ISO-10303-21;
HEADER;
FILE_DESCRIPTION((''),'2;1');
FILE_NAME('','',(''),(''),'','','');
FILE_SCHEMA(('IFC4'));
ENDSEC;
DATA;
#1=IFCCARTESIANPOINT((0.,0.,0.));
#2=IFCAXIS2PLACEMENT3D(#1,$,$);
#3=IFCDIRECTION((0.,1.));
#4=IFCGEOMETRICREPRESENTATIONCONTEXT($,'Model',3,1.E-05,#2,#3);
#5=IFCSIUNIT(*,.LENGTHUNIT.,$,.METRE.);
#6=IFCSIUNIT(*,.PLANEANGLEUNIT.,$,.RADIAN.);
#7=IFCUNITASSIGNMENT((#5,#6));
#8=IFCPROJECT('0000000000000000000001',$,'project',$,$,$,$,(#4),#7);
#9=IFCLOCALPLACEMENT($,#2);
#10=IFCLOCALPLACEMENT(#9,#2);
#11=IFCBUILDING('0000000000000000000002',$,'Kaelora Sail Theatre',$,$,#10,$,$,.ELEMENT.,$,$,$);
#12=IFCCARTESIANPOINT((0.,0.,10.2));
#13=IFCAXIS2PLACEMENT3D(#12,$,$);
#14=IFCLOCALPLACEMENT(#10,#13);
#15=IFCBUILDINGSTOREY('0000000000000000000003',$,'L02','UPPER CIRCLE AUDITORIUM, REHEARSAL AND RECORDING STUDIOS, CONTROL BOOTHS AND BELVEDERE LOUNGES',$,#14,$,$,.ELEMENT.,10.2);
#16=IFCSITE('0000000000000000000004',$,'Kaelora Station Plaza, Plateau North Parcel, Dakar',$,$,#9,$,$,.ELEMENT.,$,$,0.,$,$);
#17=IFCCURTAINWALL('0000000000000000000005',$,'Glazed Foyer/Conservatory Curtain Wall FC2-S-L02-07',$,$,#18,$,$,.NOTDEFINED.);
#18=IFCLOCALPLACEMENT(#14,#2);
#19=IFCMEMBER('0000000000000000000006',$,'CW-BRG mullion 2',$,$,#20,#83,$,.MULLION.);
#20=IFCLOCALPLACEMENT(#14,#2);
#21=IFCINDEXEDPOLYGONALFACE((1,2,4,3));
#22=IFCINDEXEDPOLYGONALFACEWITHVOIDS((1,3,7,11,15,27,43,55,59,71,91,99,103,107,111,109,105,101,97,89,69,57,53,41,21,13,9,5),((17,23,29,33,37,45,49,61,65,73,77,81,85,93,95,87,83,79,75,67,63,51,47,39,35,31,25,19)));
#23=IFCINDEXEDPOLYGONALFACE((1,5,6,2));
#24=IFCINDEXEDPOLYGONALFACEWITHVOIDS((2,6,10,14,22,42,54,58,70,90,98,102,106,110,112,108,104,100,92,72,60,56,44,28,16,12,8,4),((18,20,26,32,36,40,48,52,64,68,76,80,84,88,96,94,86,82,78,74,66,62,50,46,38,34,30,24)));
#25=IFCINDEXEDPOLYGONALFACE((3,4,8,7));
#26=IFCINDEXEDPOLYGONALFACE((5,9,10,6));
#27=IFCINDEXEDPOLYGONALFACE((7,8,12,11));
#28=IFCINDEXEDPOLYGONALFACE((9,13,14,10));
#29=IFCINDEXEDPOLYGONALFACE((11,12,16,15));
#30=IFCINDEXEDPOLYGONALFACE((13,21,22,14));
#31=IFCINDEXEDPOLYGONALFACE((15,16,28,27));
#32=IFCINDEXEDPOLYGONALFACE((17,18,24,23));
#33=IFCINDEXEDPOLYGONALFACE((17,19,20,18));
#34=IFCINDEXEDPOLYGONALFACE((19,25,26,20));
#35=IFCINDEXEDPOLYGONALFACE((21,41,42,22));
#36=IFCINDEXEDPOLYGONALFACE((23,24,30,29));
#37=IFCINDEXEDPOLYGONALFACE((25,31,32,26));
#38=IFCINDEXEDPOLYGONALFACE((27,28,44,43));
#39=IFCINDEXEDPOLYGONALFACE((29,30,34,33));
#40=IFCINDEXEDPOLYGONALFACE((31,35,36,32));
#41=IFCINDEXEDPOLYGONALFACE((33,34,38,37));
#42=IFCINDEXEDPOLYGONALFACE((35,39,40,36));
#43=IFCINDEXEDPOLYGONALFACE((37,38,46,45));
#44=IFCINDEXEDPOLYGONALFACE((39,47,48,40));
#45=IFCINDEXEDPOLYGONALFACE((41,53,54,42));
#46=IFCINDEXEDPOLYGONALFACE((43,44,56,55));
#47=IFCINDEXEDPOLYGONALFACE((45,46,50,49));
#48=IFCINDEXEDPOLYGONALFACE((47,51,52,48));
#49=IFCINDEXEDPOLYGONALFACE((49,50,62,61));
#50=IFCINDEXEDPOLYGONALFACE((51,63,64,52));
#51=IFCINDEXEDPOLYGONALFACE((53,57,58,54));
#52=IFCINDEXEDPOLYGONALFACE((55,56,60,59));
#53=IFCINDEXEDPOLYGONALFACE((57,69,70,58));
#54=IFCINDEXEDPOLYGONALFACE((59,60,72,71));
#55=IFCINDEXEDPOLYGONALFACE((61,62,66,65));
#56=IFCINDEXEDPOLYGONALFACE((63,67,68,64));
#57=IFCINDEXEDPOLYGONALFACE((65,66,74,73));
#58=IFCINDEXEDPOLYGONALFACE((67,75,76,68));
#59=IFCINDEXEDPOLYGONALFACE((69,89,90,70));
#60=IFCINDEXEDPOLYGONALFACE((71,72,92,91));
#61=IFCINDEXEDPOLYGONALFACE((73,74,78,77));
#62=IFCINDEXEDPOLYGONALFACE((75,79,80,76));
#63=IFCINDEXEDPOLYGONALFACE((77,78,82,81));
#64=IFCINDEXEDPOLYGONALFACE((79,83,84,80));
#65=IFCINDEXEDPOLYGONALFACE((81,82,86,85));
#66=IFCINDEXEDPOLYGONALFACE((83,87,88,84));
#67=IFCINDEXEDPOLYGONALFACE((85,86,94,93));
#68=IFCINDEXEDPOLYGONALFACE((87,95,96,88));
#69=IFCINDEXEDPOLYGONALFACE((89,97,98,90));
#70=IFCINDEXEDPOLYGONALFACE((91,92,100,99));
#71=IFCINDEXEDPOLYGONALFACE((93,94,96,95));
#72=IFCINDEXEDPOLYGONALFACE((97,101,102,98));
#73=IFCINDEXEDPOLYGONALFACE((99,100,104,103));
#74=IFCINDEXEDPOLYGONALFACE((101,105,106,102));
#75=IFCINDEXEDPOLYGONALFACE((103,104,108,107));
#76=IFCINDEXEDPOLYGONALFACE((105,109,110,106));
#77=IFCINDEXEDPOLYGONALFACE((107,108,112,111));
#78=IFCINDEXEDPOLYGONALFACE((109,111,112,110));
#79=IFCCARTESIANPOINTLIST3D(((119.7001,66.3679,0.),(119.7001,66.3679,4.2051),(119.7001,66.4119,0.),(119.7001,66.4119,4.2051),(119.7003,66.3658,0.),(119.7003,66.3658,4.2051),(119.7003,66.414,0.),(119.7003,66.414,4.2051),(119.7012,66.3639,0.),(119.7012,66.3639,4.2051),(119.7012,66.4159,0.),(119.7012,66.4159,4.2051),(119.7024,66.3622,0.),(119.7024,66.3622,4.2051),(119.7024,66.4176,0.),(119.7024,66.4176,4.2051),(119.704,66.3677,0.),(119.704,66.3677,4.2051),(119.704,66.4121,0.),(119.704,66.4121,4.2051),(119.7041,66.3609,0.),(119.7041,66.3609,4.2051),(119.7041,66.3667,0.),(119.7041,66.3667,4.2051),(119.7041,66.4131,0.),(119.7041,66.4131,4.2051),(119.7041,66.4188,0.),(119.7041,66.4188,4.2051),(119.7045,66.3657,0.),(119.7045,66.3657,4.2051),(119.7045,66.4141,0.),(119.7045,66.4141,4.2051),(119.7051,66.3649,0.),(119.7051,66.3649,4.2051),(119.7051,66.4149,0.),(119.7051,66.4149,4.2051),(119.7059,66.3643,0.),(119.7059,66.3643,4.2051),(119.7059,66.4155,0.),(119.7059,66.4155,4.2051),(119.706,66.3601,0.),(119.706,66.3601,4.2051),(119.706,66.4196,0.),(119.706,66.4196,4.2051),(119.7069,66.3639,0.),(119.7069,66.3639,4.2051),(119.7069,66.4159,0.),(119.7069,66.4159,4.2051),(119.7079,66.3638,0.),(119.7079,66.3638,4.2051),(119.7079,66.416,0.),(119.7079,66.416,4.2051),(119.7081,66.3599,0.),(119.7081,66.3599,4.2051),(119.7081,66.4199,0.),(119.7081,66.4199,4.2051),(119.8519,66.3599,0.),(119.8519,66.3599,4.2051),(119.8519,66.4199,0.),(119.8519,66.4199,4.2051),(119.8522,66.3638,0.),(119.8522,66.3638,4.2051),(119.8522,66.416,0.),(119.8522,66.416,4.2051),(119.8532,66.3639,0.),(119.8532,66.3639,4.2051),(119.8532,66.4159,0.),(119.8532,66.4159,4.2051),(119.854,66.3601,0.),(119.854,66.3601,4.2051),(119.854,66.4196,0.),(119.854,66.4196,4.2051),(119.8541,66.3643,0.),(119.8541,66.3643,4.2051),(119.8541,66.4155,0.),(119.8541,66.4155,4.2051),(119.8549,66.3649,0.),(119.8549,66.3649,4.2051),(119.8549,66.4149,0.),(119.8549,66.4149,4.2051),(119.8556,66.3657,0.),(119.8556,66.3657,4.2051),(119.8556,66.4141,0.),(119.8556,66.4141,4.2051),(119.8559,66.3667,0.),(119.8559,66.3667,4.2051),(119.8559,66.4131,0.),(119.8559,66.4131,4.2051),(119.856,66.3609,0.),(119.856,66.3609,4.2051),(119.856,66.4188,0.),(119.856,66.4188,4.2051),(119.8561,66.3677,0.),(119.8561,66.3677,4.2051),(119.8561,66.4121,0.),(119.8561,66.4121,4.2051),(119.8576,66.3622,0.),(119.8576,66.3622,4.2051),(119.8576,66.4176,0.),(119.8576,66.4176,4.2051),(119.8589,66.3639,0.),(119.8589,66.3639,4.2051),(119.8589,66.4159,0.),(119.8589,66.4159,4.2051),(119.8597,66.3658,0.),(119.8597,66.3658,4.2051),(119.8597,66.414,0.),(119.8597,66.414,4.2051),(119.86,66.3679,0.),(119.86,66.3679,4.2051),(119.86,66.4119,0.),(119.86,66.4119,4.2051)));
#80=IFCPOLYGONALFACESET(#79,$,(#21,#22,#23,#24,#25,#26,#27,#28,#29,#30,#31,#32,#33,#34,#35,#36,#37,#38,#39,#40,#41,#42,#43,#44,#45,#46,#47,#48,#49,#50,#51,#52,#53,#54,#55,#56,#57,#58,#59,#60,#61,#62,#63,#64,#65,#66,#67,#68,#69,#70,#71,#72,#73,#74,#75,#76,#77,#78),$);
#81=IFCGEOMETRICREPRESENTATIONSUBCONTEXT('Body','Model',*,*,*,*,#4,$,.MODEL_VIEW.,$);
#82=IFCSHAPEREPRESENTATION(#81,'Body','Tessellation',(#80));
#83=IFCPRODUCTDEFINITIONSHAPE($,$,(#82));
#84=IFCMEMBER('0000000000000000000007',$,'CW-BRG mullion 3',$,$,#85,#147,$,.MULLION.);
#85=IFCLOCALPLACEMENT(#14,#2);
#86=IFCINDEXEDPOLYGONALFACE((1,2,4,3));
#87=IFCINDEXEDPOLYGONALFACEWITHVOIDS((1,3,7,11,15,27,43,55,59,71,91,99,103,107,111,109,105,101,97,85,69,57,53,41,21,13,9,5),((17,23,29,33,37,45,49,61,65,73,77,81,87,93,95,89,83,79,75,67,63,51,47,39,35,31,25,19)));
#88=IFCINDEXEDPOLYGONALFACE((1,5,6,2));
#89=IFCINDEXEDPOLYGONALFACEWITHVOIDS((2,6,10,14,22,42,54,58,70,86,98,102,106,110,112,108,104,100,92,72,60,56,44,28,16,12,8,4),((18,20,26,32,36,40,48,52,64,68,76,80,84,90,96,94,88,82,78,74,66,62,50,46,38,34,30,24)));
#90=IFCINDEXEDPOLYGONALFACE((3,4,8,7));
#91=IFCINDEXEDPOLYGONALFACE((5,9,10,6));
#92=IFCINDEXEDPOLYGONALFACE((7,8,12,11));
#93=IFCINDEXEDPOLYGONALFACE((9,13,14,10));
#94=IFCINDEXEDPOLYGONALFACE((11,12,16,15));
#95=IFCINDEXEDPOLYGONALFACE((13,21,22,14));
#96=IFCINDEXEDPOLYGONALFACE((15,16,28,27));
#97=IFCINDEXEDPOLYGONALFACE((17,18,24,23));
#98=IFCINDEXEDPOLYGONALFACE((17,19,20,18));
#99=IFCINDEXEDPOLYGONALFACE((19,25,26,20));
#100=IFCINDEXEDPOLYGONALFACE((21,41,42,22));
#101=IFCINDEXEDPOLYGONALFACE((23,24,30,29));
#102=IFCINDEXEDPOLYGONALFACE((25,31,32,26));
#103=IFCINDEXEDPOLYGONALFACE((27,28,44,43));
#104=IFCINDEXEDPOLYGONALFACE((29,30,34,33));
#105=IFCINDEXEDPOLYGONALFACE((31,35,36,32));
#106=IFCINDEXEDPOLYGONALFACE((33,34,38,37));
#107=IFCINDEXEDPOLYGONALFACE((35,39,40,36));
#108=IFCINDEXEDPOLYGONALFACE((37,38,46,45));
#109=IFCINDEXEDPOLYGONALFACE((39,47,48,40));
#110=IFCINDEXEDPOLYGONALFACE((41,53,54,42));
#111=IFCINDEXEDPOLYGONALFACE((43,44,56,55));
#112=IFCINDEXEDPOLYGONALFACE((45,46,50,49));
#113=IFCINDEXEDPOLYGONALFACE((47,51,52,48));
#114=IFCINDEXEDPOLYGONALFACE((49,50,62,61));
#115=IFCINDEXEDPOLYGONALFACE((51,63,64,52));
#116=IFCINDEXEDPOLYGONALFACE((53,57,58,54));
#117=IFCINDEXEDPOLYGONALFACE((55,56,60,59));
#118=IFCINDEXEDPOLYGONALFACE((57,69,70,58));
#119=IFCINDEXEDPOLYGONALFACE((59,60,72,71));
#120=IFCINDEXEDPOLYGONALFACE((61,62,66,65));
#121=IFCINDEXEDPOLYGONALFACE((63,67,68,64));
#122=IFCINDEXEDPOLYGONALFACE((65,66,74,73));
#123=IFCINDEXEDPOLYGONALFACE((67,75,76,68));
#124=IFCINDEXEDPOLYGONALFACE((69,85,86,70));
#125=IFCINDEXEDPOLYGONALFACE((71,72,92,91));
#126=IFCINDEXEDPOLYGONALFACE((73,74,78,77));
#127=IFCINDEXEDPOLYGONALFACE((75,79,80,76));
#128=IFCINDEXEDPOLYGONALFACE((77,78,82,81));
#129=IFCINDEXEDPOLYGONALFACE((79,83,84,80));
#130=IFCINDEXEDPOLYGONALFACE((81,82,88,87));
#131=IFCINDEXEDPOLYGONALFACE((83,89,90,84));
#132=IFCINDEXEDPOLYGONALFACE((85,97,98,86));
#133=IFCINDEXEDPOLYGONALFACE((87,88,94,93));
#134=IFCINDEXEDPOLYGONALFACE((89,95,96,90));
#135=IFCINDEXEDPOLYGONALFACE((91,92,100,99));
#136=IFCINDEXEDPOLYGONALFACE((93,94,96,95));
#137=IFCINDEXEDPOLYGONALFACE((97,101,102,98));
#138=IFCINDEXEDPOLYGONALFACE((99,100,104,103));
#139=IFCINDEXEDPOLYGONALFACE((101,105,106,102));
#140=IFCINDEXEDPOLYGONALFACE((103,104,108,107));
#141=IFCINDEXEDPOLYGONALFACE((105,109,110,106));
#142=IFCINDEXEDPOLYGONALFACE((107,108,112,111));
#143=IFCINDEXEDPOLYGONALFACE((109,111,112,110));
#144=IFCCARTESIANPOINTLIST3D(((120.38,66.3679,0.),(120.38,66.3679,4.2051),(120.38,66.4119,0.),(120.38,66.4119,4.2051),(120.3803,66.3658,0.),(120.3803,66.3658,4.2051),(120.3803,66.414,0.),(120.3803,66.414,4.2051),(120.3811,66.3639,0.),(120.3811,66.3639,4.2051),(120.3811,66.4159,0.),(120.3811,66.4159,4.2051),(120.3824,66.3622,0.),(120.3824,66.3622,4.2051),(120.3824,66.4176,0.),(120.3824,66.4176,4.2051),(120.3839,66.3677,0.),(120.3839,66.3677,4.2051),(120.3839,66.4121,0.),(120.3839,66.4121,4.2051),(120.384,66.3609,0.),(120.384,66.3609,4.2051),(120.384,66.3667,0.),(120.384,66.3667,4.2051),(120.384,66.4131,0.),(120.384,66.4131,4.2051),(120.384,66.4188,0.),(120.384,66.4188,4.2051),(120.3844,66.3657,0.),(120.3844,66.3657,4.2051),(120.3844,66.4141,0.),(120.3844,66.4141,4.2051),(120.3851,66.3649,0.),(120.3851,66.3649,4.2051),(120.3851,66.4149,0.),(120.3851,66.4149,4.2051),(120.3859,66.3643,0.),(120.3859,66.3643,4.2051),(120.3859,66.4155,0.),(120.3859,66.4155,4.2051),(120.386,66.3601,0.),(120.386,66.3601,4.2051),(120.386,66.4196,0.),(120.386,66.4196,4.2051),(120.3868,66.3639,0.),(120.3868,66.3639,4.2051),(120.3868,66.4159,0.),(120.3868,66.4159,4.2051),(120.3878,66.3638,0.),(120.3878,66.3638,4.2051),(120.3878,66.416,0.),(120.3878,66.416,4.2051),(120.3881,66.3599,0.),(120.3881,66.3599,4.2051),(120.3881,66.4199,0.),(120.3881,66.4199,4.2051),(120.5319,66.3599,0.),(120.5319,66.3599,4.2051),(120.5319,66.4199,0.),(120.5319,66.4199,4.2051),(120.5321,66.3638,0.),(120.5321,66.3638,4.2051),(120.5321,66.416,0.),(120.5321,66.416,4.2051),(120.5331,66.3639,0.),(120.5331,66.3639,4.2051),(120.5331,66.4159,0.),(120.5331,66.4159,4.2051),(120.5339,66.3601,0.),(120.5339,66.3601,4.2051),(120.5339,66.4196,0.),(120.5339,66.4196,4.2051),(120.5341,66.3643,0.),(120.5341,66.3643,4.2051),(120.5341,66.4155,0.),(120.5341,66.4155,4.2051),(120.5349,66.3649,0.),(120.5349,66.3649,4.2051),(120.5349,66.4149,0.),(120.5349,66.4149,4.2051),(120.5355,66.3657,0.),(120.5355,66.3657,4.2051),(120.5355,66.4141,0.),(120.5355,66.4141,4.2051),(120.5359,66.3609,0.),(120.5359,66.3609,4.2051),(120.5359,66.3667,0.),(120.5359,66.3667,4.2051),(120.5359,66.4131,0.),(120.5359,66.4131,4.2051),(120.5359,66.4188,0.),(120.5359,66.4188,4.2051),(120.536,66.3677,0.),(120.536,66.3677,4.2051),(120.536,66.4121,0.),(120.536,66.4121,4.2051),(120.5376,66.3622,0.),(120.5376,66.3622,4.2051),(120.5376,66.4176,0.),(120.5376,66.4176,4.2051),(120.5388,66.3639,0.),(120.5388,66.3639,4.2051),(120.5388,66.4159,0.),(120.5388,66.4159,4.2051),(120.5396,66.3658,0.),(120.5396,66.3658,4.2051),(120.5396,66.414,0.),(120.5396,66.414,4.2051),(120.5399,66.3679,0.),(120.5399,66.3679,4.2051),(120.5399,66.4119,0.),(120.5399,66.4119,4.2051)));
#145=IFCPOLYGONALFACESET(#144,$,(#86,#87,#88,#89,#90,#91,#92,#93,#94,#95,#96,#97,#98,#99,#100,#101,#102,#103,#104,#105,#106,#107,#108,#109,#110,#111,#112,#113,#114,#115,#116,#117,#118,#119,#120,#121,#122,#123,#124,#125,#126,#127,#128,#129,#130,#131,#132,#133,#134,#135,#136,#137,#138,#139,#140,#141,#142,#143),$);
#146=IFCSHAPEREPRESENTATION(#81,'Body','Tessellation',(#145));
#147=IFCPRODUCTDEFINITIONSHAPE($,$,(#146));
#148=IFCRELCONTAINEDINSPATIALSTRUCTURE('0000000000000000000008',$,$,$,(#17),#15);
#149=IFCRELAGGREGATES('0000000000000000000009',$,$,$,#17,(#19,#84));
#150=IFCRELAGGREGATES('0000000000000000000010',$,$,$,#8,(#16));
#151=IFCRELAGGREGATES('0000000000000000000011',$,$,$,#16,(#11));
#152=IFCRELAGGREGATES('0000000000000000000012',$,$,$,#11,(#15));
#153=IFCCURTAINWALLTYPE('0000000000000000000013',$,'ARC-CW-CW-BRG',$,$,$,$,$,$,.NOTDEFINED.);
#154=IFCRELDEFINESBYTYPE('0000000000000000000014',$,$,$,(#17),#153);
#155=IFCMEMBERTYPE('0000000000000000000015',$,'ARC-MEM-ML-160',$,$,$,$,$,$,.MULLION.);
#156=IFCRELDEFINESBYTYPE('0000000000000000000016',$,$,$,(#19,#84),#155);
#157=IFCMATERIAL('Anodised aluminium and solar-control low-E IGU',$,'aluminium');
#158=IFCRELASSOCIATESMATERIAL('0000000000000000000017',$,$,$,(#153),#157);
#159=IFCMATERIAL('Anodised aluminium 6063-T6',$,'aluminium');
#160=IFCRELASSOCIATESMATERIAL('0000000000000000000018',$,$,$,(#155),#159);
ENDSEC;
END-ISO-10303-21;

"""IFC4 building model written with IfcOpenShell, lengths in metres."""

from ifc_helpers import new_model, si_unit, direction, frame, origin, origin_2d, place, context, subcontext, project, spatial, hollow_rectangle, extrude, material, material_profile, profile_set, type_object, element, aggregate, save


model = new_model("IFC4")

# Units and contexts
model_context = context("Model", 3, precision=1e-05, world=origin(), true_north=direction((0.0, 1.0)))
body_context = subcontext(model_context, "Body", "Model", "MODEL_VIEW")
ifc_project = project(units=[si_unit("LENGTHUNIT", "METRE"), si_unit("PLANEANGLEUNIT", "RADIAN")], contexts=[model_context])

# Site, building, storey
site_placement = place(None, origin())
site = spatial("IfcSite", under=ifc_project, at=site_placement, Name="Kaelora Station Plaza, Plateau North Parcel, Dakar", CompositionType="ELEMENT", RefElevation=0.0)
building_placement = place(site_placement, origin())
building = spatial("IfcBuilding", under=site, at=building_placement, Name="Kaelora Sail Theatre", CompositionType="ELEMENT")
storey_placement = place(building_placement, frame((0.0, 0.0, 10.2)))
storey = spatial("IfcBuildingStorey", under=building, at=storey_placement, Name="L02", Description="UPPER CIRCLE AUDITORIUM, REHEARSAL AND RECORDING STUDIOS, CONTROL BOOTHS AND BELVEDERE LOUNGES", CompositionType="ELEMENT", Elevation=10.2)

# Shared definitions
ifc_material_1 = material(Name="Anodised aluminium and solar-control low-E IGU", Category="aluminium")
curtain_wall_type = type_object("IfcCurtainWallType", Name="ARC-CW-CW-BRG", PredefinedType="NOTDEFINED", material=ifc_material_1)
ifc_material_2 = material(Name="Anodised aluminium 6063-T6", Category="aluminium")
ifc_material_profile_1 = material_profile(ifc_material_2, hollow_rectangle(XDim=0.0601, YDim=0.1599, WallThickness=0.0039, InnerFilletRadius=0.0039, OuterFilletRadius=0.0081, at=origin_2d()), Name="ALU-MULL 60x160x4")
ifc_profile_set_1 = profile_set([ifc_material_profile_1], Name="Anodised aluminium 6063-T6")
member_type_1 = type_object("IfcMemberType", Name="ARC-MEM-ML-160", PredefinedType="MULLION", material=ifc_profile_set_1)

# Curtain wall, members
curtain_wall_1_placement = place(storey_placement, origin())
curtain_wall_1 = element("IfcCurtainWall", 1, at=curtain_wall_1_placement, inside=storey, type_object=curtain_wall_type, Name="Glazed Foyer/Conservatory Curtain Wall FC2-S-L02-07", PredefinedType="NOTDEFINED")
member_1_placement = place(storey_placement, frame((119.78, 66.3899, 0.0), z_axis=(0.0, 0.0, 1.0), x_axis=(0.0, 1.0, 0.0)))
member_1 = element("IfcMember", 2, at=member_1_placement, type_object=member_type_1, Name="CW-BRG mullion 2", PredefinedType="MULLION", context=body_context, shape_type="SweptSolid", body=[
    extrude(hollow_rectangle(XDim=0.0601, YDim=0.1599, WallThickness=0.0039, InnerFilletRadius=0.0039, OuterFilletRadius=0.0081, at=origin_2d()), origin(), (0.0, 0.0, 1.0), 4.2051),
])
member_2_placement = place(storey_placement, frame((120.46, 66.3899, 0.0), z_axis=(0.0, 0.0, 1.0), x_axis=(0.0, 1.0, 0.0)))
member_2 = element("IfcMember", 3, at=member_2_placement, type_object=member_type_1, Name="CW-BRG mullion 3", PredefinedType="MULLION", context=body_context, shape_type="SweptSolid", body=[
    extrude(hollow_rectangle(XDim=0.0601, YDim=0.1599, WallThickness=0.0039, InnerFilletRadius=0.0039, OuterFilletRadius=0.0081, at=origin_2d()), origin(), (0.0, 0.0, 1.0), 4.2051),
])

aggregate(curtain_wall_1, [member_1, member_2])

save(model, "model.ifc")
